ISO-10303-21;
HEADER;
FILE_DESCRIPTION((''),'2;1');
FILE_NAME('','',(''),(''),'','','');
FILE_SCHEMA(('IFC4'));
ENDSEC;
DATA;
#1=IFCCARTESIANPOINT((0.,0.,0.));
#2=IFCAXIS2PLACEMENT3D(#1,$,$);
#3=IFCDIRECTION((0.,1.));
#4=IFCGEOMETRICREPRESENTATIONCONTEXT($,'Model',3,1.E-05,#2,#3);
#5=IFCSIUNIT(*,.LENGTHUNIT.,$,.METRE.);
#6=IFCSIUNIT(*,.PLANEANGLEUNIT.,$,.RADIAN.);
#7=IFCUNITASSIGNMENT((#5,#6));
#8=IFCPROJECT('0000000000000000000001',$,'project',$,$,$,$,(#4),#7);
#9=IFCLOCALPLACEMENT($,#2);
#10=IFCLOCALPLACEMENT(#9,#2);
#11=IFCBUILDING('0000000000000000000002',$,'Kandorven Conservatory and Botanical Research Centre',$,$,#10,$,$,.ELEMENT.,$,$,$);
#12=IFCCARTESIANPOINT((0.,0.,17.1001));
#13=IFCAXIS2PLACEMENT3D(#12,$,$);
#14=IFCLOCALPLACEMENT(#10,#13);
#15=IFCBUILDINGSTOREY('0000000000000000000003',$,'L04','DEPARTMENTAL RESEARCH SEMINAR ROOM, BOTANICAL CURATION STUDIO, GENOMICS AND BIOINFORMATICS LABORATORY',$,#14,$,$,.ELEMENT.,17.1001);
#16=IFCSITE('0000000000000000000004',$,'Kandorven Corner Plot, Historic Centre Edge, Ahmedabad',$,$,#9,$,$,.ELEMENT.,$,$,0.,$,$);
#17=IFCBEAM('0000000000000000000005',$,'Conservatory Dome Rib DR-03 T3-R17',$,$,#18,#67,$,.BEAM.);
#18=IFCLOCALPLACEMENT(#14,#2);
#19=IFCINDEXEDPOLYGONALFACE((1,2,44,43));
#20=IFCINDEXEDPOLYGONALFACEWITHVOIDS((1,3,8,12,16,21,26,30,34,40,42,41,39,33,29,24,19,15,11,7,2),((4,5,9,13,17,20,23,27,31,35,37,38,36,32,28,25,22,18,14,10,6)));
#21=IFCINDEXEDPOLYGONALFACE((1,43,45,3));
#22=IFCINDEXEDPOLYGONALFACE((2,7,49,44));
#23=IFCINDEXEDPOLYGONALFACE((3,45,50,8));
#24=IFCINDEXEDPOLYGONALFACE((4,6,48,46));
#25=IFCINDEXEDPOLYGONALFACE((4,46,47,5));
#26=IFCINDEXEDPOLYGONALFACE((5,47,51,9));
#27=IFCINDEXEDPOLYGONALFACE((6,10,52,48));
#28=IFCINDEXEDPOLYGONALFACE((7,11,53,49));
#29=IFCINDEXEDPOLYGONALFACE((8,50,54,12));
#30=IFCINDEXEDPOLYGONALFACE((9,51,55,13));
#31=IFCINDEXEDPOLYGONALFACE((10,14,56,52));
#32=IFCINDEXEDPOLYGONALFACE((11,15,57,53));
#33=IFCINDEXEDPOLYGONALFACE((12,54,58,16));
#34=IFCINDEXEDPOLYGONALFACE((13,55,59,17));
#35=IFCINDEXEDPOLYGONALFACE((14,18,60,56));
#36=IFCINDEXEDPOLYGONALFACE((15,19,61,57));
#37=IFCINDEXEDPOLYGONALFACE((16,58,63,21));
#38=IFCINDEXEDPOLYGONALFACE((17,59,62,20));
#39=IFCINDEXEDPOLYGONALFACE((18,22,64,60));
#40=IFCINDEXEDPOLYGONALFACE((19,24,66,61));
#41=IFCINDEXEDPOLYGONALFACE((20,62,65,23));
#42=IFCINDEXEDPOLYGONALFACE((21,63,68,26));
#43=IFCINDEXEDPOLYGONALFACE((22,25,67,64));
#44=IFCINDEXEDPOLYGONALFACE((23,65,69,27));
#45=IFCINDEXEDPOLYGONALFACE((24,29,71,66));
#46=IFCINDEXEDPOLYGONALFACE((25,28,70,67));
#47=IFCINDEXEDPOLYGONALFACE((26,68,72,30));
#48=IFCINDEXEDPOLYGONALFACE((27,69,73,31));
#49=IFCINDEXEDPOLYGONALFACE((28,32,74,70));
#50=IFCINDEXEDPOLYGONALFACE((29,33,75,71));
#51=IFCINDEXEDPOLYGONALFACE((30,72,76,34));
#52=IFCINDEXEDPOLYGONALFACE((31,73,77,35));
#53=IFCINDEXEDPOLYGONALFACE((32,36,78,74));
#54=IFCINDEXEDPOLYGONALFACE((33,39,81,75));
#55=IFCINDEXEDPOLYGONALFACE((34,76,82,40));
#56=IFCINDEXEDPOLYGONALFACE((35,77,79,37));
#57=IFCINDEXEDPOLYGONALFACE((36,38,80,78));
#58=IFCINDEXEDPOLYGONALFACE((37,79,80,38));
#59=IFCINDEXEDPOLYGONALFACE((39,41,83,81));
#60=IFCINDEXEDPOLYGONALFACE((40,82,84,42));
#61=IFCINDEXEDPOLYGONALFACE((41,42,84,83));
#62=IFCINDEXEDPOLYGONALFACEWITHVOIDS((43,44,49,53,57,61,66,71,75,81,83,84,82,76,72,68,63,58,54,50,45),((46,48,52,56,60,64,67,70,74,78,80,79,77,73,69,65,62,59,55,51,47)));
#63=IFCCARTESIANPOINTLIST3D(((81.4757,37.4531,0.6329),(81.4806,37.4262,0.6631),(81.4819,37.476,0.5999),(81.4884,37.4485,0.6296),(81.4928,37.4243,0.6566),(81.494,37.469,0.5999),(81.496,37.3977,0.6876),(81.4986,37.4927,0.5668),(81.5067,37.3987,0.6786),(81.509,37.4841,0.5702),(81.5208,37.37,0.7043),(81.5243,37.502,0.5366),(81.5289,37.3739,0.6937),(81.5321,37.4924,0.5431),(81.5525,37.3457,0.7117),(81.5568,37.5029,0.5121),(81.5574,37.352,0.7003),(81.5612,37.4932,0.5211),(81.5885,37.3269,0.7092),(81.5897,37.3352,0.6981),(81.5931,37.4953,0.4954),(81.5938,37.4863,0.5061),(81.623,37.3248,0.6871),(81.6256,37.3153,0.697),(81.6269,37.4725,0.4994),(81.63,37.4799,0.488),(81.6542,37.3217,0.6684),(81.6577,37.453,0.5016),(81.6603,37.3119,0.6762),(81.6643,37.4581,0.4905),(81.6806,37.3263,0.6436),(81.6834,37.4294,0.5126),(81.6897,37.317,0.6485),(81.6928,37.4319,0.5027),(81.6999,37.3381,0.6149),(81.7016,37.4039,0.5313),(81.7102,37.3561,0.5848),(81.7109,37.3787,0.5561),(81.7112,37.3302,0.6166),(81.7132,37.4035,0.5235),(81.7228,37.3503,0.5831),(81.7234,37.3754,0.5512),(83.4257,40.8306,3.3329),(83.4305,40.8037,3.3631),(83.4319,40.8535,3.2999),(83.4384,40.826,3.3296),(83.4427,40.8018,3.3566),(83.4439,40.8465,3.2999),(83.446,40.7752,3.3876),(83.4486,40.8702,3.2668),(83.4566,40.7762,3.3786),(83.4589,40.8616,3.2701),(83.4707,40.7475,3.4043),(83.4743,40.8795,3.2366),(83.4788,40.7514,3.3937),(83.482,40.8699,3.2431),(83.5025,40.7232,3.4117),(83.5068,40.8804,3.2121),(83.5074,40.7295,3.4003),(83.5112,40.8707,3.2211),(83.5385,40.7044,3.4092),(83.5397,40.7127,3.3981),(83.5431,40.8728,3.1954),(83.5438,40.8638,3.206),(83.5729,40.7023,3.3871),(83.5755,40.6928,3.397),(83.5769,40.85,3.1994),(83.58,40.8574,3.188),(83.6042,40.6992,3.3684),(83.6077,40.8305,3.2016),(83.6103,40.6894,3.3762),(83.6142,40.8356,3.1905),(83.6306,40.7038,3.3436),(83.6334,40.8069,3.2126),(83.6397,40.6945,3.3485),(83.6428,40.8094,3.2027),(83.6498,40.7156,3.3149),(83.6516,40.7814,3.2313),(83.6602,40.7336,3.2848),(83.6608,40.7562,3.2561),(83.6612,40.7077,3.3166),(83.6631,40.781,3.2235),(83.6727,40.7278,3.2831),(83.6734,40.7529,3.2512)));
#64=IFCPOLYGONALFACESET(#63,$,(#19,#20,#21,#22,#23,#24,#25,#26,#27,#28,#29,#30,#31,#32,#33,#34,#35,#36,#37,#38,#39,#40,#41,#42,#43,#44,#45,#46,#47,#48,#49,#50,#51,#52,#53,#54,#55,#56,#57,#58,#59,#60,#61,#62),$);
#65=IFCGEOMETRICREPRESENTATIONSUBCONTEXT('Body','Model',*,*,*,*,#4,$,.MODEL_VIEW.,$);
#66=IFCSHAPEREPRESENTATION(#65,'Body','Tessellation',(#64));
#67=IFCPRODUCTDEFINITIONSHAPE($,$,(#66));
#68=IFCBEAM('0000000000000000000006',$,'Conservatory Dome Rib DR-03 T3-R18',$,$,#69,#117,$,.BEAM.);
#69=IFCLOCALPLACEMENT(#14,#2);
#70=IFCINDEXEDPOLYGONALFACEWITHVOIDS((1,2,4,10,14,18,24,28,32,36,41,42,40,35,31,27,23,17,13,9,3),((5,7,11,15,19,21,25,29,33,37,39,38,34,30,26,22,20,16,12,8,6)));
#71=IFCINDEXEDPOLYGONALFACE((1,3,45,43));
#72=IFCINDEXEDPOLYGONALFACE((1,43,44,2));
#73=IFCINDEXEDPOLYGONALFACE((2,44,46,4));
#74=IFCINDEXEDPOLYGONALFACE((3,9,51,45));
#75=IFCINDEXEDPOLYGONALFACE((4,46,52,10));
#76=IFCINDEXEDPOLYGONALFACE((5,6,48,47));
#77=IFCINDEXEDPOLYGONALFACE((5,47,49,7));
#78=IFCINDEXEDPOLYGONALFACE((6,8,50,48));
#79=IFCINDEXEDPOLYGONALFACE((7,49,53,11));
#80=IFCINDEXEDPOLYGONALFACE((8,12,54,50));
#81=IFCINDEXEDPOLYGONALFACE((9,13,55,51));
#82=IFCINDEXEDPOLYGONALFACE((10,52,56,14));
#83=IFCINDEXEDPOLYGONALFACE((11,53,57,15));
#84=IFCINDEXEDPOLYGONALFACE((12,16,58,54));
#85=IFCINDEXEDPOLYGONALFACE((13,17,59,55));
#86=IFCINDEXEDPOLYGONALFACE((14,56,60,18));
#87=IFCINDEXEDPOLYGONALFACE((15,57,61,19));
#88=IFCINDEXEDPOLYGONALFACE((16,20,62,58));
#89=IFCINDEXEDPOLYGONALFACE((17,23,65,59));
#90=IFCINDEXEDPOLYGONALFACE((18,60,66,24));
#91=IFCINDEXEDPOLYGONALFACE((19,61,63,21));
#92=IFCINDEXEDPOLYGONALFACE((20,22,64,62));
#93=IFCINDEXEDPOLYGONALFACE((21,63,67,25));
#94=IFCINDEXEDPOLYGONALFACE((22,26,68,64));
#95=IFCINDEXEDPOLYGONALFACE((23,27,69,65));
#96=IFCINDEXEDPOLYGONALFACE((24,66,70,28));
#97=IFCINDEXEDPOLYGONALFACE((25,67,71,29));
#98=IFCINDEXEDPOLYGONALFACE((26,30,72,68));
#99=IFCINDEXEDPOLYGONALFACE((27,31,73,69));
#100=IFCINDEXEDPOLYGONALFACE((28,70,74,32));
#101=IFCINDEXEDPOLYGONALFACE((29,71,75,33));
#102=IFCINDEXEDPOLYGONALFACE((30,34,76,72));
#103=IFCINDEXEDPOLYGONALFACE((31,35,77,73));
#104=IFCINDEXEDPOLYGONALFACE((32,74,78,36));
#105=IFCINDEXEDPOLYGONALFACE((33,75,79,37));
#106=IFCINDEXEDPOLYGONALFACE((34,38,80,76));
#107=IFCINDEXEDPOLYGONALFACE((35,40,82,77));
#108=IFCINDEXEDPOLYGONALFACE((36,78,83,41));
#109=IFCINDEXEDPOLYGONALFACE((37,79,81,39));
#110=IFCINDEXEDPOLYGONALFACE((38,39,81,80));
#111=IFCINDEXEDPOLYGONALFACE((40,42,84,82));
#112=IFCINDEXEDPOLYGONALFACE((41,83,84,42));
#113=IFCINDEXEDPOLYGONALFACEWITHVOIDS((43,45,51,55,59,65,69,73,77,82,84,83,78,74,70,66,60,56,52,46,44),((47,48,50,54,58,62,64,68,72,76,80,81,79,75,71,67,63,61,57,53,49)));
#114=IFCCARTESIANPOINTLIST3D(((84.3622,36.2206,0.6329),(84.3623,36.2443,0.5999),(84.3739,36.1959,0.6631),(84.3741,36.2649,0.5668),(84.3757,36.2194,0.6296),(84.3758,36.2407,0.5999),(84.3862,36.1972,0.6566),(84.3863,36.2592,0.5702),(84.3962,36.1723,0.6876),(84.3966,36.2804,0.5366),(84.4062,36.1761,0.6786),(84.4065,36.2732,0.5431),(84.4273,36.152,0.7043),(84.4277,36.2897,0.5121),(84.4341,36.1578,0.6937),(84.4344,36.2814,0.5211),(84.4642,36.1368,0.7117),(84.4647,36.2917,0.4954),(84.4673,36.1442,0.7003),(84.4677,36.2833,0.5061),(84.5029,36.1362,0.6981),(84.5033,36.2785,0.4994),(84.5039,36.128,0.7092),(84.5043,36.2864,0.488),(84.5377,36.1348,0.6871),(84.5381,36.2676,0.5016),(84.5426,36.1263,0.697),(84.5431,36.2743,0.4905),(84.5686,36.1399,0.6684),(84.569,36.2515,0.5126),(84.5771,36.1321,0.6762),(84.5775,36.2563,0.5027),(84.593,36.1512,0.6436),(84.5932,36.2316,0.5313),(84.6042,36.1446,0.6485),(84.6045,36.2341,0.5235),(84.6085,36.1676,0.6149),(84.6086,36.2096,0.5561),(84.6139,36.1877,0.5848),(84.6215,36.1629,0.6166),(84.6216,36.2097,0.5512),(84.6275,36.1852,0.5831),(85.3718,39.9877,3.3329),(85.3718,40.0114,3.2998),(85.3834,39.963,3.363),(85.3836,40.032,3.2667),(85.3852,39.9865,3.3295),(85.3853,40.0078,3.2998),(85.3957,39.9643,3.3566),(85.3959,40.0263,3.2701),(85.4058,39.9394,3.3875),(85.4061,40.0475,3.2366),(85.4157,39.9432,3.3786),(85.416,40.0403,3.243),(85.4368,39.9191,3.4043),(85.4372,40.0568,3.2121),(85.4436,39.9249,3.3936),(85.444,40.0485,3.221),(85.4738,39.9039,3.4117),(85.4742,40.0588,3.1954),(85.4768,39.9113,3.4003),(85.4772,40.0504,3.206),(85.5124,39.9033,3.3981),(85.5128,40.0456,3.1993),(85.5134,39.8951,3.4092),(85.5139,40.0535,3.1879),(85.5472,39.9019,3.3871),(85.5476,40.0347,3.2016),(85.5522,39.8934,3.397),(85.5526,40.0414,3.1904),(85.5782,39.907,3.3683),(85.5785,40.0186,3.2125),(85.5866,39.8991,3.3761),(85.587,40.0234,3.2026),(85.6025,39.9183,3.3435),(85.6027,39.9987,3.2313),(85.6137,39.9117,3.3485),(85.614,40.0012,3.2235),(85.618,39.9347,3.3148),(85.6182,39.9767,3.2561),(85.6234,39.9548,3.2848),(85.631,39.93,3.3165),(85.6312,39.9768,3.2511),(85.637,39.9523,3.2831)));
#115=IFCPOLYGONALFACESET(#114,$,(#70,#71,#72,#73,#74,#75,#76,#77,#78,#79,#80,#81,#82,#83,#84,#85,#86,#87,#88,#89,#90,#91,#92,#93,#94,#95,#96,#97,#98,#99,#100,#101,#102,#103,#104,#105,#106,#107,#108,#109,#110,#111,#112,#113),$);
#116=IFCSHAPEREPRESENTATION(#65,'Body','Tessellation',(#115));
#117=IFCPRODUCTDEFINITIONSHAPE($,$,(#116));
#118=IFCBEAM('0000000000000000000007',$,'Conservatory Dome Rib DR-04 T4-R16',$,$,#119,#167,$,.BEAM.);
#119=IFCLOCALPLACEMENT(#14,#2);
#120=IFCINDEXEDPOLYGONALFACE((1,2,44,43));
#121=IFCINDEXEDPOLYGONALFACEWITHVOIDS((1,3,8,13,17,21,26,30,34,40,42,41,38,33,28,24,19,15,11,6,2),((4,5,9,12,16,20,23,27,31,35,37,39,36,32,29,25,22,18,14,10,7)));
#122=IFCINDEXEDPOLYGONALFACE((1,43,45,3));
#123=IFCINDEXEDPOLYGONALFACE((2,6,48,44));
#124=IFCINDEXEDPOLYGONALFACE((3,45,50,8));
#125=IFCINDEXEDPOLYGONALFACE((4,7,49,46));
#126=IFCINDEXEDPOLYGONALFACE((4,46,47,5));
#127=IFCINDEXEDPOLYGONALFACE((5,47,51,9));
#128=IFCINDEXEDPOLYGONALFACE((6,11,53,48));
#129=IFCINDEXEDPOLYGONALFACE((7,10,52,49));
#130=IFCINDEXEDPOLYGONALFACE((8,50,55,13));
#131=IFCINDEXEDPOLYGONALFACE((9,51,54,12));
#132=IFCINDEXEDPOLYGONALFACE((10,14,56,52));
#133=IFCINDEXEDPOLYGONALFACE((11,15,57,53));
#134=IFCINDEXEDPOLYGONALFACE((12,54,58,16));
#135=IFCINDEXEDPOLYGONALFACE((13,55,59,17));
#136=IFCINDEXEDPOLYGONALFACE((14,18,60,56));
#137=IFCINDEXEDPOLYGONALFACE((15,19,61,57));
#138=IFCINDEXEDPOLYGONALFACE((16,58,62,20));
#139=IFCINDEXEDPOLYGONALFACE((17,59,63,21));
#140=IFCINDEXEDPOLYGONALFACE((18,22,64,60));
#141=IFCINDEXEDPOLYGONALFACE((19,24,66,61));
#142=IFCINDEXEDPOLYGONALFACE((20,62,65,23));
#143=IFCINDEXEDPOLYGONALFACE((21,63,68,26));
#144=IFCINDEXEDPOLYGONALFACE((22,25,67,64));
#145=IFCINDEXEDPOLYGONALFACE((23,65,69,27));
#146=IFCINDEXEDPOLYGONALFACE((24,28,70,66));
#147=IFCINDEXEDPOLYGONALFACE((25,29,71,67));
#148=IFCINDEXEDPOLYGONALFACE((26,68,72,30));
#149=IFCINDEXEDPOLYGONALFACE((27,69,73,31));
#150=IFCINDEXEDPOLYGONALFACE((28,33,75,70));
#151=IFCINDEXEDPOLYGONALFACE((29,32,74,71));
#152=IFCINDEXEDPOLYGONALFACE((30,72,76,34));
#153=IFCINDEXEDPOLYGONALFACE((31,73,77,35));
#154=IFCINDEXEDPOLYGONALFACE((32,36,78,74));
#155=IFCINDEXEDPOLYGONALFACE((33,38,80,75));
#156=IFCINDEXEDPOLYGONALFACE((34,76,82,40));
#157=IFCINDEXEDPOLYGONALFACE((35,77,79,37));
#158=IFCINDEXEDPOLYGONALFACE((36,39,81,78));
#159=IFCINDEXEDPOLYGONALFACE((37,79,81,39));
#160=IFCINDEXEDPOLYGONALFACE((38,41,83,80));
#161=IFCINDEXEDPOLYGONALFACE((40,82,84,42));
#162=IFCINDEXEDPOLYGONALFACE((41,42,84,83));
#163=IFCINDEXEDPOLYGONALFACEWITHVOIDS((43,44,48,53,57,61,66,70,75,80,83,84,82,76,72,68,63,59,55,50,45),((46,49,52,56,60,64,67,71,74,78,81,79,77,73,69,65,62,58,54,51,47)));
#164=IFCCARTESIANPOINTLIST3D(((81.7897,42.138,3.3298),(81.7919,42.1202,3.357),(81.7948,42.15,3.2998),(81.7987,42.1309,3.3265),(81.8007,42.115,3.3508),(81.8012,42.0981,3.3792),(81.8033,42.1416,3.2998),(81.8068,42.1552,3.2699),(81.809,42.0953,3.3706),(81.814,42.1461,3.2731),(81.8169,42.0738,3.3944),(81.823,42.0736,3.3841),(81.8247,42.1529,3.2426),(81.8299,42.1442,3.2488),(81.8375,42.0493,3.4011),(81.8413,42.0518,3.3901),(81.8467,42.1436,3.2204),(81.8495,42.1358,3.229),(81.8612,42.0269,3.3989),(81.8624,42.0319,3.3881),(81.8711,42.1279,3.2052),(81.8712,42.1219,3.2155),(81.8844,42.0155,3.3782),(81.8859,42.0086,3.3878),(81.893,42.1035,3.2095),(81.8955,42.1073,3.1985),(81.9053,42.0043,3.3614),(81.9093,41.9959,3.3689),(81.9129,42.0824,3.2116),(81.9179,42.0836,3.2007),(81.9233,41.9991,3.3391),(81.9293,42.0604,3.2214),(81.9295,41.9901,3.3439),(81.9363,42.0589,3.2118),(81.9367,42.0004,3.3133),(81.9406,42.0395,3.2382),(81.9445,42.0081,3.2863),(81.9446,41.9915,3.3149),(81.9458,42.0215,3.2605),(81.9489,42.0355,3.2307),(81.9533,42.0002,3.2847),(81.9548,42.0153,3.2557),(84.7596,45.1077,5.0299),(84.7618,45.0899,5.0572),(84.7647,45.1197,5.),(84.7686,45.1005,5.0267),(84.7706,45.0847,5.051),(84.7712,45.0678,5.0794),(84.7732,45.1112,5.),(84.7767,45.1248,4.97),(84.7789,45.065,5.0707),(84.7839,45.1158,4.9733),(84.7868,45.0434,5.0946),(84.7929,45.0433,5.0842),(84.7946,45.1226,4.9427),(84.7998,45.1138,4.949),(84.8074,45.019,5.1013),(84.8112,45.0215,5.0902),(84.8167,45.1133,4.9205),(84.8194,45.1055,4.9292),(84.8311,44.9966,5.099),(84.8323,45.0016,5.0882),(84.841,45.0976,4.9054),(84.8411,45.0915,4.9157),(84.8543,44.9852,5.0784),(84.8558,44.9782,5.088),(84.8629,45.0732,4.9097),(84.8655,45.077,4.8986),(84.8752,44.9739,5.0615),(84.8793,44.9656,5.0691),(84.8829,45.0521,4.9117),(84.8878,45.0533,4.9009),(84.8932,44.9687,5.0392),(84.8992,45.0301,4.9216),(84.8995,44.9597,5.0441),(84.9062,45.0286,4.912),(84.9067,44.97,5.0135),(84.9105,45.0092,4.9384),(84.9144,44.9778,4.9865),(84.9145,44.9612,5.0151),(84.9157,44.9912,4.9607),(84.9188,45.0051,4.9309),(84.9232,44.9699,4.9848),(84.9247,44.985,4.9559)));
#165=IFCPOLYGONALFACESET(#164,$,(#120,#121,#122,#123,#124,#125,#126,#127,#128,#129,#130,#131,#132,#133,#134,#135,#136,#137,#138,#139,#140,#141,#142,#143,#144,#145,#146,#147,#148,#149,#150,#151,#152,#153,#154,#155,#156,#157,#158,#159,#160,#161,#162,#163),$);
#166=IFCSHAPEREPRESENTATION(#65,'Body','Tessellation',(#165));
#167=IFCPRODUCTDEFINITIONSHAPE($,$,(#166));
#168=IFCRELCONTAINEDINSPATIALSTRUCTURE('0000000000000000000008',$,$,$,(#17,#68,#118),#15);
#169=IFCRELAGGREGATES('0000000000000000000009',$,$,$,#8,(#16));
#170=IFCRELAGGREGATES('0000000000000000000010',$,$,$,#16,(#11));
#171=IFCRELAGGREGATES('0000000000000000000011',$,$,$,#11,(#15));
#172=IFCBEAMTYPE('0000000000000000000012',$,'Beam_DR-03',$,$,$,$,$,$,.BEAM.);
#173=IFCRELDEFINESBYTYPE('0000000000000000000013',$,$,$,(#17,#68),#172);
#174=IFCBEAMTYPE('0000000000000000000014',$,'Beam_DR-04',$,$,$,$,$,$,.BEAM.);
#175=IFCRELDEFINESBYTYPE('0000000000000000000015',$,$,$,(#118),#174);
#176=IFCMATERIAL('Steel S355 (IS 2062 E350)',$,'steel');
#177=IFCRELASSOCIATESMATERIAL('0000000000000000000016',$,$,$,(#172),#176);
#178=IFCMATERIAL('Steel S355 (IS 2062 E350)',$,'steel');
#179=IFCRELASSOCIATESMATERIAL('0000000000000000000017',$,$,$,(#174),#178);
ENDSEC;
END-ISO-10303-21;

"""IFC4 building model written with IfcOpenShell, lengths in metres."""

from ifc_helpers import new_model, si_unit, direction, frame, origin, origin_2d, place, context, subcontext, project, spatial, hollow_circle, extrude, material, material_profile, profile_set, type_object, element, save


model = new_model("IFC4")

# Units and contexts
model_context = context("Model", 3, precision=1e-05, world=origin(), true_north=direction((0.0, 1.0)))
body_context = subcontext(model_context, "Body", "Model", "MODEL_VIEW")
ifc_project = project(units=[si_unit("LENGTHUNIT", "METRE"), si_unit("PLANEANGLEUNIT", "RADIAN")], contexts=[model_context])

# Site, building, storey
site_placement = place(None, origin())
site = spatial("IfcSite", under=ifc_project, at=site_placement, Name="Kandorven Corner Plot, Historic Centre Edge, Ahmedabad", CompositionType="ELEMENT", RefElevation=0.0)
building_placement = place(site_placement, origin())
building = spatial("IfcBuilding", under=site, at=building_placement, Name="Kandorven Conservatory and Botanical Research Centre", CompositionType="ELEMENT")
storey_placement = place(building_placement, frame((0.0, 0.0, 17.1001)))
storey = spatial("IfcBuildingStorey", under=building, at=storey_placement, Name="L04", Description="DEPARTMENTAL RESEARCH SEMINAR ROOM, BOTANICAL CURATION STUDIO, GENOMICS AND BIOINFORMATICS LABORATORY", CompositionType="ELEMENT", Elevation=17.1001)

# Beams
ifc_material_1 = material(Name="Steel S355 (IS 2062 E350)", Category="steel")
ifc_material_profile_1 = material_profile(ifc_material_1, hollow_circle(Radius=0.1365, WallThickness=0.0139, at=origin_2d()))
ifc_profile_set_1 = profile_set([ifc_material_profile_1], Name="Steel S355 (IS 2062 E350)")
beam_type_1 = type_object("IfcBeamType", Name="Beam_DR-03", PredefinedType="BEAM", material=ifc_profile_set_1)
for number, where, z_axis, x_axis, name in (
    (1, (81.6001, 37.4077, 0.5999), (0.411094, 0.712041, 0.56921), (-0.866027, 0.499997, 0.0), "Conservatory Dome Rib DR-03 T3-R17"),
    (2, (84.4941, 36.209, 0.5999), (0.212827, 0.794175, 0.569202), (-0.965917, 0.258851, 0.0), "Conservatory Dome Rib DR-03 T3-R18"),
):
    element("IfcBeam", number, at=place(storey_placement, frame(where, z_axis=z_axis, x_axis=x_axis)), inside=storey, type_object=beam_type_1, Name=name, PredefinedType="BEAM", context=body_context, shape_type="SweptSolid", body=[
        extrude(hollow_circle(Radius=0.1365, WallThickness=0.0139, at=origin_2d()), origin(), (0.0, 0.0, 1.0), 4.7434),
    ])
ifc_material_2 = material(Name="Steel S355 (IS 2062 E350)", Category="steel")
ifc_material_profile_2 = material_profile(ifc_material_2, hollow_circle(Radius=0.1096, WallThickness=0.012, at=origin_2d()))
ifc_profile_set_2 = profile_set([ifc_material_profile_2], Name="Steel S355 (IS 2062 E350)")
beam_type_2 = type_object("IfcBeamType", Name="Beam_DR-04", PredefinedType="BEAM", material=ifc_profile_set_2)
for number, where, z_axis, x_axis, name in (
    (3, (81.8723, 42.0725, 3.2998), (0.655467, 0.655413, 0.37523), (-0.707078, 0.707136, 0.0), "Conservatory Dome Rib DR-04 T4-R16"),
):
    element("IfcBeam", number, at=place(storey_placement, frame(where, z_axis=z_axis, x_axis=x_axis)), inside=storey, type_object=beam_type_2, Name=name, PredefinedType="BEAM", context=body_context, shape_type="SweptSolid", body=[
        extrude(hollow_circle(Radius=0.1096, WallThickness=0.012, at=origin_2d()), origin(), (0.0, 0.0, 1.0), 4.531),
    ])

save(model, "model.ifc")
